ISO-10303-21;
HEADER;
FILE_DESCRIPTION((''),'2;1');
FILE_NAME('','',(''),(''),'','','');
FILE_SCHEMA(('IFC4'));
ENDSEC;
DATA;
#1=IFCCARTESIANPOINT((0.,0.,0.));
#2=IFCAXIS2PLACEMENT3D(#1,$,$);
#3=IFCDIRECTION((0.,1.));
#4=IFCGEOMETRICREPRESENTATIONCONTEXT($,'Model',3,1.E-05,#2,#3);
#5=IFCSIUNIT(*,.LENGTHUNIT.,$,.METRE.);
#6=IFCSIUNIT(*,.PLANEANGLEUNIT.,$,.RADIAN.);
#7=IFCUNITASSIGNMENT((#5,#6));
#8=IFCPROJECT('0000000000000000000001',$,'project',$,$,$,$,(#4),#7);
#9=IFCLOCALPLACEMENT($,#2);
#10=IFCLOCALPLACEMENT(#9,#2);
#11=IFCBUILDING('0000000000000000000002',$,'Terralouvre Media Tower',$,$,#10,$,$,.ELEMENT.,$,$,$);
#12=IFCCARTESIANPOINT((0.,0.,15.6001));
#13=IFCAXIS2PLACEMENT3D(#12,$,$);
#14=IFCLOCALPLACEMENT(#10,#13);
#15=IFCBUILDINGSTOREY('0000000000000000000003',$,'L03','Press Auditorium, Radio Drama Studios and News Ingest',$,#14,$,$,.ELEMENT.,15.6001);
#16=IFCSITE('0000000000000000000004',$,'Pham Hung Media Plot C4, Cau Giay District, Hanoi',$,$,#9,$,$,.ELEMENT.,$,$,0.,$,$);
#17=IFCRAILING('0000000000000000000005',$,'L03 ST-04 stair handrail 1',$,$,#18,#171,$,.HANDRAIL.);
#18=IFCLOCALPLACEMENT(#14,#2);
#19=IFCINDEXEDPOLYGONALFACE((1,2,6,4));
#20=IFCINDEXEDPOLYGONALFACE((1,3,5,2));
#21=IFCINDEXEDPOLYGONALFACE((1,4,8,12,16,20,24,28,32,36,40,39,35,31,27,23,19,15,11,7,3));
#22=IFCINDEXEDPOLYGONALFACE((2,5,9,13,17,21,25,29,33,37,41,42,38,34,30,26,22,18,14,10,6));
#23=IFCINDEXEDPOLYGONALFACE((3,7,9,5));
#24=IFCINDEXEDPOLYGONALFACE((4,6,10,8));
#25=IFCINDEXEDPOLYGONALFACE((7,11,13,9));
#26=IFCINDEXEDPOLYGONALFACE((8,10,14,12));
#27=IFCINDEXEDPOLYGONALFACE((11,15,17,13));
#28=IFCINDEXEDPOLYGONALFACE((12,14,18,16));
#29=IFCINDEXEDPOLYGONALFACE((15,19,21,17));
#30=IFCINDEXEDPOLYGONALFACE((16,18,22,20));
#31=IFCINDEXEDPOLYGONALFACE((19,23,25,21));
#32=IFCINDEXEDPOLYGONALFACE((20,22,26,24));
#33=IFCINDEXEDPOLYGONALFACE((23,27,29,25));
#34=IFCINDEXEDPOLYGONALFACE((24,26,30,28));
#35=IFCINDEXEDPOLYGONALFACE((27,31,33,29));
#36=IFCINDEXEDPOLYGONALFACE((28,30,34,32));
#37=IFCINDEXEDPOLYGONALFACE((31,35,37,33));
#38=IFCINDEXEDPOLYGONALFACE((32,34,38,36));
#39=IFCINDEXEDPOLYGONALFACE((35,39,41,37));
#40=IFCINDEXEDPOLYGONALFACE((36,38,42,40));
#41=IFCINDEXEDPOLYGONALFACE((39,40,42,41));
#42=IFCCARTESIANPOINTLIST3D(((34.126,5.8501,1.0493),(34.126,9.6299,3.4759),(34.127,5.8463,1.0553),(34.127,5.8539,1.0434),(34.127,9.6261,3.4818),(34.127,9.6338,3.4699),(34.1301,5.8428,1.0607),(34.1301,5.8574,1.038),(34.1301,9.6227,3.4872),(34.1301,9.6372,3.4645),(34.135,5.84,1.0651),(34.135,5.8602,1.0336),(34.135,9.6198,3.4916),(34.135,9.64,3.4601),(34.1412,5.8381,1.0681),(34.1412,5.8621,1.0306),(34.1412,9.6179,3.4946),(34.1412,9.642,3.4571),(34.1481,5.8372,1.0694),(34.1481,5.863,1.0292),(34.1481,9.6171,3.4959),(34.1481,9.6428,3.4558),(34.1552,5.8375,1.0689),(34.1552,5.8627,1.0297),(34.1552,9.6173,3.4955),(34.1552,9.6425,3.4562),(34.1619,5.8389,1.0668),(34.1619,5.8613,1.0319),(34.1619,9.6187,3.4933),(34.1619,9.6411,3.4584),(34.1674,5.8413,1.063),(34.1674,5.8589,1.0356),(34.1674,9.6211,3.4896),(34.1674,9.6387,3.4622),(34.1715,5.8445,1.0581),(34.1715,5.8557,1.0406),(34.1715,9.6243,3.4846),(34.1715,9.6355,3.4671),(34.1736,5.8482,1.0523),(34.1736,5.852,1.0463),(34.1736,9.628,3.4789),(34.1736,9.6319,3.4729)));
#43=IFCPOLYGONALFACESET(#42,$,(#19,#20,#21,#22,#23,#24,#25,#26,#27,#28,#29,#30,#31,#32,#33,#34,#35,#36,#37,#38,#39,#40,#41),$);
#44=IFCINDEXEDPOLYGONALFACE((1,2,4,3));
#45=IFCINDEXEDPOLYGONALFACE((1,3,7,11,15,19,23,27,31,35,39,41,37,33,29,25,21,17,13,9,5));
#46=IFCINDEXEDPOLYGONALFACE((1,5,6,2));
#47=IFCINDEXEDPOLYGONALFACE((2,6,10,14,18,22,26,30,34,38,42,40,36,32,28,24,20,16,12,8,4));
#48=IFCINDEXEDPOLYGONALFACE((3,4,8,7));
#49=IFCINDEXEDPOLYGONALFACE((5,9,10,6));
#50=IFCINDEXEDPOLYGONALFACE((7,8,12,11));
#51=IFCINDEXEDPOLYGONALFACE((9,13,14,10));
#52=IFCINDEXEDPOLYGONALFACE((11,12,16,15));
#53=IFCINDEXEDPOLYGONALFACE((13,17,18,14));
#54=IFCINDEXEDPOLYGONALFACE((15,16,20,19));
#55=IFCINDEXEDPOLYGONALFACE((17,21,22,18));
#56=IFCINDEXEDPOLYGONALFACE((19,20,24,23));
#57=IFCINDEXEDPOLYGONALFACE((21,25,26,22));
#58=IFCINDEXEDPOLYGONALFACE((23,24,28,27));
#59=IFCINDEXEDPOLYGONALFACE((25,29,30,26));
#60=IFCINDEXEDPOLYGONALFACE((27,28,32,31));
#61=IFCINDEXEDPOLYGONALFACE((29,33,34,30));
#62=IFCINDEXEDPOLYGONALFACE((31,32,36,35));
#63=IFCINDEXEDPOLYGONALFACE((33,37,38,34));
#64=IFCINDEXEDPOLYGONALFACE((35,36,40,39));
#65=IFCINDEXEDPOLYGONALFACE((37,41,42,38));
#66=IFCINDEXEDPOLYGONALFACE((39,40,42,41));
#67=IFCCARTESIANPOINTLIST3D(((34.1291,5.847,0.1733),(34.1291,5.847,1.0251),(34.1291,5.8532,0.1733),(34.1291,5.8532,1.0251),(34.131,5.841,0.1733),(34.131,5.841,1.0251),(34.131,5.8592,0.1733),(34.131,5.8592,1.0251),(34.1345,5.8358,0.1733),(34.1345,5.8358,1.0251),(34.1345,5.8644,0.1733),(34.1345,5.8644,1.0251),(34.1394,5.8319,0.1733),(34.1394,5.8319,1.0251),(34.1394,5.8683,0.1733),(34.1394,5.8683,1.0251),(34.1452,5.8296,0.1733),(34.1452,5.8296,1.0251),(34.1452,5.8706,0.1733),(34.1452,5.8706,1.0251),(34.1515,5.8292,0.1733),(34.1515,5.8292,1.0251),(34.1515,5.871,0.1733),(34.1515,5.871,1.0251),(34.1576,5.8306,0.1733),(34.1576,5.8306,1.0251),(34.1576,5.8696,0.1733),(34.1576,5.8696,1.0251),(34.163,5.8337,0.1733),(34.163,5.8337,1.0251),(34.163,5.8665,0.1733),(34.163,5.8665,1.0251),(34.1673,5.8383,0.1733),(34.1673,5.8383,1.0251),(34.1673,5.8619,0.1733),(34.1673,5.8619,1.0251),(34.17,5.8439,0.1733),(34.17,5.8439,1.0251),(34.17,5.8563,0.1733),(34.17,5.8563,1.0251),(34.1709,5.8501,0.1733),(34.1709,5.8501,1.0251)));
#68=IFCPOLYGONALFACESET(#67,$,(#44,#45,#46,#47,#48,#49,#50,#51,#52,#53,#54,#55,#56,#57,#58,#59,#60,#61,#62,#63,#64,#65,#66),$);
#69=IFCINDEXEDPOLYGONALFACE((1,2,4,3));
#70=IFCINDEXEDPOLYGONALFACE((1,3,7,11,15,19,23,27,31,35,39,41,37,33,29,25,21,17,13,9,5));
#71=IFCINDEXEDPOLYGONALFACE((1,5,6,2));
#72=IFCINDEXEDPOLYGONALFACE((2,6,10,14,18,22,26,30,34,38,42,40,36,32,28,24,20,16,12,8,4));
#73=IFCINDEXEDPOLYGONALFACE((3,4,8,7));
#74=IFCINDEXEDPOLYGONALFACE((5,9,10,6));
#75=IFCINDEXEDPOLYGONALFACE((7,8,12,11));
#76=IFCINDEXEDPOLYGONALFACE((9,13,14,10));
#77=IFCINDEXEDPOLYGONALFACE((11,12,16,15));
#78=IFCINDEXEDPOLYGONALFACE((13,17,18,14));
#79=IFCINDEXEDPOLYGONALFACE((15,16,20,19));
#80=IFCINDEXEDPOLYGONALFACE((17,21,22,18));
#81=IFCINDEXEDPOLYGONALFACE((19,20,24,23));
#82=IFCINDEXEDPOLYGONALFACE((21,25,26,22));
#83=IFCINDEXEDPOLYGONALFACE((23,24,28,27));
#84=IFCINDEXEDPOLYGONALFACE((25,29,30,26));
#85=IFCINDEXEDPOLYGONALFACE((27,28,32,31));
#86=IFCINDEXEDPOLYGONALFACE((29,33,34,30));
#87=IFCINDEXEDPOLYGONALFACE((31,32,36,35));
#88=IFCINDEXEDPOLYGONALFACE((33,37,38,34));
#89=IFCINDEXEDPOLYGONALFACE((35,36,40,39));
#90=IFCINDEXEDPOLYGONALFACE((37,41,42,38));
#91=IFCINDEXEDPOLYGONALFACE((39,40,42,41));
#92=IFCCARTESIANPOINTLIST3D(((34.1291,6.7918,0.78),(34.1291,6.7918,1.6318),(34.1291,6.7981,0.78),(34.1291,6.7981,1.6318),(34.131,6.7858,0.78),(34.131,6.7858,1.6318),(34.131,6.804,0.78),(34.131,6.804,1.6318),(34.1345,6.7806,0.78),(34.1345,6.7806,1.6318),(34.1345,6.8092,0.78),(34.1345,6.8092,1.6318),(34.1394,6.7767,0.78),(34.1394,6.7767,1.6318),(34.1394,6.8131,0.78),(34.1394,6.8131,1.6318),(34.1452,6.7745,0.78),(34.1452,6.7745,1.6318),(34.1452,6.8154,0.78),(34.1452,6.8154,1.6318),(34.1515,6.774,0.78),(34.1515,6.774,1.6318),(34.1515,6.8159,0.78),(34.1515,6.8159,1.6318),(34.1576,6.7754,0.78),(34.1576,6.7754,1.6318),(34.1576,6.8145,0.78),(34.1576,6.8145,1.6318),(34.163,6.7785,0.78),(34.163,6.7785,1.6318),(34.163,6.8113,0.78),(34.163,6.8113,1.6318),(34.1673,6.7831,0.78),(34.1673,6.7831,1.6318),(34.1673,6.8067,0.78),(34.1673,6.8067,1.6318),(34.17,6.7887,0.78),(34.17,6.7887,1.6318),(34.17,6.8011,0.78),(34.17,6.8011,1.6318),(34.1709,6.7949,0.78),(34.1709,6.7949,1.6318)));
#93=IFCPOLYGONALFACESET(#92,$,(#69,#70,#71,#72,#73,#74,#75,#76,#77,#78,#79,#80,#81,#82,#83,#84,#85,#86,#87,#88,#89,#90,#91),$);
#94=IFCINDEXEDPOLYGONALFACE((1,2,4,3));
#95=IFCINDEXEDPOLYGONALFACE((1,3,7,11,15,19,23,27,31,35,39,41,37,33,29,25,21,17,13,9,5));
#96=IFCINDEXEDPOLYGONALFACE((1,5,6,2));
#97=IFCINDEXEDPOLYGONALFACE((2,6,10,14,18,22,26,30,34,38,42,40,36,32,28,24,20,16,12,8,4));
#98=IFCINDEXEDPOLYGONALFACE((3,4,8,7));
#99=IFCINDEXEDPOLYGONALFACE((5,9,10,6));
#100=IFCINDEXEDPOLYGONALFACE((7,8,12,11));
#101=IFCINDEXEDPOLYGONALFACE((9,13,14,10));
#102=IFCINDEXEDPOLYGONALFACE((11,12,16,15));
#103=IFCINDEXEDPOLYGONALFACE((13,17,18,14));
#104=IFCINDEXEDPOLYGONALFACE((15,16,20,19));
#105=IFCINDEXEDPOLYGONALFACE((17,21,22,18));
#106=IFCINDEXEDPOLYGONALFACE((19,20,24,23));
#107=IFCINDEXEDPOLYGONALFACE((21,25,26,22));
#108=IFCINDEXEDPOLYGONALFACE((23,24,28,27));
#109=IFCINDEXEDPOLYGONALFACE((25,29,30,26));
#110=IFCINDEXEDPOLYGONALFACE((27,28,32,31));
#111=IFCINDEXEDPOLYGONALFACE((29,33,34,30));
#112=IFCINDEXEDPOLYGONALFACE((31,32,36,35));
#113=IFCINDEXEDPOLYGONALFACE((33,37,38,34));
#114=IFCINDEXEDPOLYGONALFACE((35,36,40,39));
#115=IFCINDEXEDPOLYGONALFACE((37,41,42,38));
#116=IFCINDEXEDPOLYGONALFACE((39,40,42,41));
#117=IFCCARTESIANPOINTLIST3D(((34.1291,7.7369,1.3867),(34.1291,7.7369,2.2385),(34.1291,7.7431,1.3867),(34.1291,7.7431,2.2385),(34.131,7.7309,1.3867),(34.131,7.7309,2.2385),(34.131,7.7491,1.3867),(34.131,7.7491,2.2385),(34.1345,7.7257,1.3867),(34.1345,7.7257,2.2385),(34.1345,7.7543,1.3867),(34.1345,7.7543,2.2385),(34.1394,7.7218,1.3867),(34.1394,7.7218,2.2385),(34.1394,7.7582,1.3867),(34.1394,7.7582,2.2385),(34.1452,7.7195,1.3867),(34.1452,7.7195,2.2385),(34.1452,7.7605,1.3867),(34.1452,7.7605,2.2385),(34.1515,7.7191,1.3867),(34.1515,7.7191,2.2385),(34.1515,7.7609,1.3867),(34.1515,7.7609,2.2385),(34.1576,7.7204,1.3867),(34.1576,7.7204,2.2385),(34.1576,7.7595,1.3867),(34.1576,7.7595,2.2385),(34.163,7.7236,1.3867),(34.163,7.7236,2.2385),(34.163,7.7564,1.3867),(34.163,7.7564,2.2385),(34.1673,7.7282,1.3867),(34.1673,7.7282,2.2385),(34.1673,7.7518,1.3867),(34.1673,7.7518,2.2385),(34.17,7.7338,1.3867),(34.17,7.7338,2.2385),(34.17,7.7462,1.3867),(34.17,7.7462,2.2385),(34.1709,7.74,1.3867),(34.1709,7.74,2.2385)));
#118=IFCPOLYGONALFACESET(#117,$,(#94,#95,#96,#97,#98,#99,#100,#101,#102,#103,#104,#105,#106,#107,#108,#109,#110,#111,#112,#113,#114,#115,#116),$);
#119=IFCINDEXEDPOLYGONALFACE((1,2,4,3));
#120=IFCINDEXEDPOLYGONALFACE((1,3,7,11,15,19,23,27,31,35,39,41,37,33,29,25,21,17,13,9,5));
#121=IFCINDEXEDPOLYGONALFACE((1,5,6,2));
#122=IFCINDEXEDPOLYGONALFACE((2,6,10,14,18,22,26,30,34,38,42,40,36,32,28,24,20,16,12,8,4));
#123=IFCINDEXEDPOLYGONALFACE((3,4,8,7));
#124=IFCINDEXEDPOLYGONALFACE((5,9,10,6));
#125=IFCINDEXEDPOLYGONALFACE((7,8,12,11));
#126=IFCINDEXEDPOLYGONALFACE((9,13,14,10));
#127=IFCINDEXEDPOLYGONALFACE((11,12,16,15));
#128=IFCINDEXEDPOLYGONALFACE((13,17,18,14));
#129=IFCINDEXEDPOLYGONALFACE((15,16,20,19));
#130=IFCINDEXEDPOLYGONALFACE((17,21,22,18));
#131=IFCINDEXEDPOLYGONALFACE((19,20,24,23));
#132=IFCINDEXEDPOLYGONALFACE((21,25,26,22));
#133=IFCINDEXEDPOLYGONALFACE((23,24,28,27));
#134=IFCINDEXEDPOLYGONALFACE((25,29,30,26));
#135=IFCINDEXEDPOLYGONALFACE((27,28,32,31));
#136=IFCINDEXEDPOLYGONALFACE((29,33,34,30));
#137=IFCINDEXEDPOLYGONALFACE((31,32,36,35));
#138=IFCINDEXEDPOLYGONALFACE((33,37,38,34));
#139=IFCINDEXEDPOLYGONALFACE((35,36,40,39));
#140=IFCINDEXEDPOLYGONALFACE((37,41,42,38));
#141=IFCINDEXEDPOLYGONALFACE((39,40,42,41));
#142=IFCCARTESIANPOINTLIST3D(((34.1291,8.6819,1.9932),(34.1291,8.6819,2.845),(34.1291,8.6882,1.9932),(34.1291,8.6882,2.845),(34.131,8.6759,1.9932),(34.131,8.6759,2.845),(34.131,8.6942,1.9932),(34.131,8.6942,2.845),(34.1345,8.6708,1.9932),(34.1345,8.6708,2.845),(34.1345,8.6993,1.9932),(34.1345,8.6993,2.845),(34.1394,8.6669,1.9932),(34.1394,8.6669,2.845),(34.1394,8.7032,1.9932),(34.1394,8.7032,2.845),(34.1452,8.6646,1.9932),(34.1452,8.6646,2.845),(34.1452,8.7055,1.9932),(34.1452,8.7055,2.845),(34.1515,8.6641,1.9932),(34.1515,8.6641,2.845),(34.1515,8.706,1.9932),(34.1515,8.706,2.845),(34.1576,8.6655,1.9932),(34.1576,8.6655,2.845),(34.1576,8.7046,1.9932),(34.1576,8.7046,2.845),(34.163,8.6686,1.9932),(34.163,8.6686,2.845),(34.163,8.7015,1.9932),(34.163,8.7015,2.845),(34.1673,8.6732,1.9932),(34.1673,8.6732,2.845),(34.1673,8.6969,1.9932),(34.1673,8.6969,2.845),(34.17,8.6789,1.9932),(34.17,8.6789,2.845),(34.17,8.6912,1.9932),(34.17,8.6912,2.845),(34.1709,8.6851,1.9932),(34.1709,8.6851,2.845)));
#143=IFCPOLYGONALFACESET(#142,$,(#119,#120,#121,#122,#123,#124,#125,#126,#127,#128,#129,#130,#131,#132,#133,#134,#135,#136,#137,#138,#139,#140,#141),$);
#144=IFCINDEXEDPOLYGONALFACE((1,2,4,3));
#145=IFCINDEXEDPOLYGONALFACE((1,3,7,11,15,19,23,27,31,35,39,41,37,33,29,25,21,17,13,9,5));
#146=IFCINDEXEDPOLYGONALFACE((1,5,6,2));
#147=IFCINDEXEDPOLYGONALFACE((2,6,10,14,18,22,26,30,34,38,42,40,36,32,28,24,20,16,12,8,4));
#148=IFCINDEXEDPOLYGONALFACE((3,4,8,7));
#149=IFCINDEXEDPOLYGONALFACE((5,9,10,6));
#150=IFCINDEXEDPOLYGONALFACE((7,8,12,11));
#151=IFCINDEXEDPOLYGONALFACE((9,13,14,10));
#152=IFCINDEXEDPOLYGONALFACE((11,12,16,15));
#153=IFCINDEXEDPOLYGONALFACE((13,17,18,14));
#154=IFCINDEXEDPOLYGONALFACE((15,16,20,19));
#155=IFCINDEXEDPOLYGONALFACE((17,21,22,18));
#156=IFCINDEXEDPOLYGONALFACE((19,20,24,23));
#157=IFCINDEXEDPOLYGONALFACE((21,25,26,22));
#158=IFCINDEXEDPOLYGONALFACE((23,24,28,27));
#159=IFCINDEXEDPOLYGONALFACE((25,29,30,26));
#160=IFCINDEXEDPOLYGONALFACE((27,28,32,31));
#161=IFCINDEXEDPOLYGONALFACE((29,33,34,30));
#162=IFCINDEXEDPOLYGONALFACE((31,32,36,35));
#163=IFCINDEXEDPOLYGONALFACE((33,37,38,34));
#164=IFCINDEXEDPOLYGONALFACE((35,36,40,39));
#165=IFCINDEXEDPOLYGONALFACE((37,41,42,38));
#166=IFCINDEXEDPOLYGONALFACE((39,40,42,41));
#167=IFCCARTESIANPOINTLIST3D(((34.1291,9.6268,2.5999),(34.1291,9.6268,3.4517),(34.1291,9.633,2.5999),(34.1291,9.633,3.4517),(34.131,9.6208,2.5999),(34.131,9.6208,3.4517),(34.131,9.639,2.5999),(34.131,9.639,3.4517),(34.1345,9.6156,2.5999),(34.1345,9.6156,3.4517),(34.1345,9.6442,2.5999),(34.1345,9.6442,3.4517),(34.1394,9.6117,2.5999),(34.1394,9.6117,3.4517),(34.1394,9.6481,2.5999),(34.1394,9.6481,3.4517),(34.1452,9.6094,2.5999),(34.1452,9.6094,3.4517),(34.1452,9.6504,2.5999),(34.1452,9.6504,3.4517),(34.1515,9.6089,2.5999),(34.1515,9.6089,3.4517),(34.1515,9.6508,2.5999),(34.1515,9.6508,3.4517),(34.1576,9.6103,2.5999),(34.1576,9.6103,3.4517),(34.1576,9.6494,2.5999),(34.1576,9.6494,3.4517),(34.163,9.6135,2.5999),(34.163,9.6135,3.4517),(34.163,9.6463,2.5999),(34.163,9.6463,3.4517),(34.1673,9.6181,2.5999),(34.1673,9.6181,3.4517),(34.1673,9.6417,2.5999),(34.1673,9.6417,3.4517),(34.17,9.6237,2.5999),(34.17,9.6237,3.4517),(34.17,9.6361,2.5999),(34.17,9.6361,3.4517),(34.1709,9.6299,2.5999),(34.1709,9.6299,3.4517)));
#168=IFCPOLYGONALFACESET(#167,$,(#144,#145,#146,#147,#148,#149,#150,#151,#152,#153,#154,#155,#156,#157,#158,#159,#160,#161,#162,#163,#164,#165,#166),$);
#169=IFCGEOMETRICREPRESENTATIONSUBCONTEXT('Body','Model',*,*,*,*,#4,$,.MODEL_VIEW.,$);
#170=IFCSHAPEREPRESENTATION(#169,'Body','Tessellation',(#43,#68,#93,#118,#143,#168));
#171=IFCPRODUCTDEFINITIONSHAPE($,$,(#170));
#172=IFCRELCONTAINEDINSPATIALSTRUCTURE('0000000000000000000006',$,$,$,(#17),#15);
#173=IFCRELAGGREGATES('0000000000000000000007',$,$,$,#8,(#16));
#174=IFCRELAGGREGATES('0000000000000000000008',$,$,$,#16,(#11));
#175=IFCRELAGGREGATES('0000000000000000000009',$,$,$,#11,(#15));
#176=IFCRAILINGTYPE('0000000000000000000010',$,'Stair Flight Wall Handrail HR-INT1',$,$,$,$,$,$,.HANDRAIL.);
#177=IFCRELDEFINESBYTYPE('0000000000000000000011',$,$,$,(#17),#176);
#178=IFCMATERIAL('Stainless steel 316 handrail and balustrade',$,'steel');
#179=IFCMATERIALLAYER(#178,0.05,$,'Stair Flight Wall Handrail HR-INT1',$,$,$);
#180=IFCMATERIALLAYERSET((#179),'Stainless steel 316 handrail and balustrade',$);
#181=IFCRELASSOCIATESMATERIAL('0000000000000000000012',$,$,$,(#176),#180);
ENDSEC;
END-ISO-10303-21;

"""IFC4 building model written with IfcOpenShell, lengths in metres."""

from ifc_helpers import new_model, si_unit, direction, frame, origin, origin_2d, place, context, subcontext, project, spatial, circle, extrude, material, layer, layer_set, type_object, element, save


model = new_model("IFC4")

# Units and contexts
model_context = context("Model", 3, precision=1e-05, world=origin(), true_north=direction((0.0, 1.0)))
body_context = subcontext(model_context, "Body", "Model", "MODEL_VIEW")
ifc_project = project(units=[si_unit("LENGTHUNIT", "METRE"), si_unit("PLANEANGLEUNIT", "RADIAN")], contexts=[model_context])

# Site, building, storey
site_placement = place(None, origin())
site = spatial("IfcSite", under=ifc_project, at=site_placement, Name="Pham Hung Media Plot C4, Cau Giay District, Hanoi", CompositionType="ELEMENT", RefElevation=0.0)
building_placement = place(site_placement, origin())
building = spatial("IfcBuilding", under=site, at=building_placement, Name="Terralouvre Media Tower", CompositionType="ELEMENT")
storey_placement = place(building_placement, frame((0.0, 0.0, 15.6001)))
storey = spatial("IfcBuildingStorey", under=building, at=storey_placement, Name="L03", Description="Press Auditorium, Radio Drama Studios and News Ingest", CompositionType="ELEMENT", Elevation=15.6001)

# Railing
ifc_material_1 = material(Name="Stainless steel 316 handrail and balustrade", Category="steel")
ifc_layer_1 = layer(ifc_material_1, 0.05, Name="Stair Flight Wall Handrail HR-INT1")
ifc_layer_set_1 = layer_set([ifc_layer_1], Name="Stainless steel 316 handrail and balustrade")
railing_type_1 = type_object("IfcRailingType", Name="Stair Flight Wall Handrail HR-INT1", PredefinedType="HANDRAIL", material=ifc_layer_set_1)
railing_1_placement = place(storey_placement, frame((34.1499, 5.8501, 0.1733)))
element("IfcRailing", 1, at=railing_1_placement, inside=storey, type_object=railing_type_1, Name="L03 ST-04 stair handrail 1", PredefinedType="HANDRAIL", context=body_context, shape_type="SweptSolid", body=[
    extrude(circle(Radius=0.0239, at=origin_2d()), frame((0.0, 0.0, 0.876), z_axis=(0.0, 0.841517, 0.54023), x_axis=(-1.0, 0.0, 0.0)), (0.0, 0.0, 1.0), 4.4917),
    extrude(circle(Radius=0.021, at=origin_2d()), origin(), (0.0, 0.0, 1.0), 0.8518),
    extrude(circle(Radius=0.021, at=origin_2d()), frame((0.0, 0.9448, 0.6067)), (0.0, 0.0, 1.0), 0.8518),
    extrude(circle(Radius=0.021, at=origin_2d()), frame((0.0, 1.8899, 1.2134)), (0.0, 0.0, 1.0), 0.8518),
    extrude(circle(Radius=0.021, at=origin_2d()), frame((0.0, 2.835, 1.8198)), (0.0, 0.0, 1.0), 0.8518),
    extrude(circle(Radius=0.021, at=origin_2d()), frame((0.0, 3.7798, 2.4265)), (0.0, 0.0, 1.0), 0.8518),
])

save(model, "model.ifc")
